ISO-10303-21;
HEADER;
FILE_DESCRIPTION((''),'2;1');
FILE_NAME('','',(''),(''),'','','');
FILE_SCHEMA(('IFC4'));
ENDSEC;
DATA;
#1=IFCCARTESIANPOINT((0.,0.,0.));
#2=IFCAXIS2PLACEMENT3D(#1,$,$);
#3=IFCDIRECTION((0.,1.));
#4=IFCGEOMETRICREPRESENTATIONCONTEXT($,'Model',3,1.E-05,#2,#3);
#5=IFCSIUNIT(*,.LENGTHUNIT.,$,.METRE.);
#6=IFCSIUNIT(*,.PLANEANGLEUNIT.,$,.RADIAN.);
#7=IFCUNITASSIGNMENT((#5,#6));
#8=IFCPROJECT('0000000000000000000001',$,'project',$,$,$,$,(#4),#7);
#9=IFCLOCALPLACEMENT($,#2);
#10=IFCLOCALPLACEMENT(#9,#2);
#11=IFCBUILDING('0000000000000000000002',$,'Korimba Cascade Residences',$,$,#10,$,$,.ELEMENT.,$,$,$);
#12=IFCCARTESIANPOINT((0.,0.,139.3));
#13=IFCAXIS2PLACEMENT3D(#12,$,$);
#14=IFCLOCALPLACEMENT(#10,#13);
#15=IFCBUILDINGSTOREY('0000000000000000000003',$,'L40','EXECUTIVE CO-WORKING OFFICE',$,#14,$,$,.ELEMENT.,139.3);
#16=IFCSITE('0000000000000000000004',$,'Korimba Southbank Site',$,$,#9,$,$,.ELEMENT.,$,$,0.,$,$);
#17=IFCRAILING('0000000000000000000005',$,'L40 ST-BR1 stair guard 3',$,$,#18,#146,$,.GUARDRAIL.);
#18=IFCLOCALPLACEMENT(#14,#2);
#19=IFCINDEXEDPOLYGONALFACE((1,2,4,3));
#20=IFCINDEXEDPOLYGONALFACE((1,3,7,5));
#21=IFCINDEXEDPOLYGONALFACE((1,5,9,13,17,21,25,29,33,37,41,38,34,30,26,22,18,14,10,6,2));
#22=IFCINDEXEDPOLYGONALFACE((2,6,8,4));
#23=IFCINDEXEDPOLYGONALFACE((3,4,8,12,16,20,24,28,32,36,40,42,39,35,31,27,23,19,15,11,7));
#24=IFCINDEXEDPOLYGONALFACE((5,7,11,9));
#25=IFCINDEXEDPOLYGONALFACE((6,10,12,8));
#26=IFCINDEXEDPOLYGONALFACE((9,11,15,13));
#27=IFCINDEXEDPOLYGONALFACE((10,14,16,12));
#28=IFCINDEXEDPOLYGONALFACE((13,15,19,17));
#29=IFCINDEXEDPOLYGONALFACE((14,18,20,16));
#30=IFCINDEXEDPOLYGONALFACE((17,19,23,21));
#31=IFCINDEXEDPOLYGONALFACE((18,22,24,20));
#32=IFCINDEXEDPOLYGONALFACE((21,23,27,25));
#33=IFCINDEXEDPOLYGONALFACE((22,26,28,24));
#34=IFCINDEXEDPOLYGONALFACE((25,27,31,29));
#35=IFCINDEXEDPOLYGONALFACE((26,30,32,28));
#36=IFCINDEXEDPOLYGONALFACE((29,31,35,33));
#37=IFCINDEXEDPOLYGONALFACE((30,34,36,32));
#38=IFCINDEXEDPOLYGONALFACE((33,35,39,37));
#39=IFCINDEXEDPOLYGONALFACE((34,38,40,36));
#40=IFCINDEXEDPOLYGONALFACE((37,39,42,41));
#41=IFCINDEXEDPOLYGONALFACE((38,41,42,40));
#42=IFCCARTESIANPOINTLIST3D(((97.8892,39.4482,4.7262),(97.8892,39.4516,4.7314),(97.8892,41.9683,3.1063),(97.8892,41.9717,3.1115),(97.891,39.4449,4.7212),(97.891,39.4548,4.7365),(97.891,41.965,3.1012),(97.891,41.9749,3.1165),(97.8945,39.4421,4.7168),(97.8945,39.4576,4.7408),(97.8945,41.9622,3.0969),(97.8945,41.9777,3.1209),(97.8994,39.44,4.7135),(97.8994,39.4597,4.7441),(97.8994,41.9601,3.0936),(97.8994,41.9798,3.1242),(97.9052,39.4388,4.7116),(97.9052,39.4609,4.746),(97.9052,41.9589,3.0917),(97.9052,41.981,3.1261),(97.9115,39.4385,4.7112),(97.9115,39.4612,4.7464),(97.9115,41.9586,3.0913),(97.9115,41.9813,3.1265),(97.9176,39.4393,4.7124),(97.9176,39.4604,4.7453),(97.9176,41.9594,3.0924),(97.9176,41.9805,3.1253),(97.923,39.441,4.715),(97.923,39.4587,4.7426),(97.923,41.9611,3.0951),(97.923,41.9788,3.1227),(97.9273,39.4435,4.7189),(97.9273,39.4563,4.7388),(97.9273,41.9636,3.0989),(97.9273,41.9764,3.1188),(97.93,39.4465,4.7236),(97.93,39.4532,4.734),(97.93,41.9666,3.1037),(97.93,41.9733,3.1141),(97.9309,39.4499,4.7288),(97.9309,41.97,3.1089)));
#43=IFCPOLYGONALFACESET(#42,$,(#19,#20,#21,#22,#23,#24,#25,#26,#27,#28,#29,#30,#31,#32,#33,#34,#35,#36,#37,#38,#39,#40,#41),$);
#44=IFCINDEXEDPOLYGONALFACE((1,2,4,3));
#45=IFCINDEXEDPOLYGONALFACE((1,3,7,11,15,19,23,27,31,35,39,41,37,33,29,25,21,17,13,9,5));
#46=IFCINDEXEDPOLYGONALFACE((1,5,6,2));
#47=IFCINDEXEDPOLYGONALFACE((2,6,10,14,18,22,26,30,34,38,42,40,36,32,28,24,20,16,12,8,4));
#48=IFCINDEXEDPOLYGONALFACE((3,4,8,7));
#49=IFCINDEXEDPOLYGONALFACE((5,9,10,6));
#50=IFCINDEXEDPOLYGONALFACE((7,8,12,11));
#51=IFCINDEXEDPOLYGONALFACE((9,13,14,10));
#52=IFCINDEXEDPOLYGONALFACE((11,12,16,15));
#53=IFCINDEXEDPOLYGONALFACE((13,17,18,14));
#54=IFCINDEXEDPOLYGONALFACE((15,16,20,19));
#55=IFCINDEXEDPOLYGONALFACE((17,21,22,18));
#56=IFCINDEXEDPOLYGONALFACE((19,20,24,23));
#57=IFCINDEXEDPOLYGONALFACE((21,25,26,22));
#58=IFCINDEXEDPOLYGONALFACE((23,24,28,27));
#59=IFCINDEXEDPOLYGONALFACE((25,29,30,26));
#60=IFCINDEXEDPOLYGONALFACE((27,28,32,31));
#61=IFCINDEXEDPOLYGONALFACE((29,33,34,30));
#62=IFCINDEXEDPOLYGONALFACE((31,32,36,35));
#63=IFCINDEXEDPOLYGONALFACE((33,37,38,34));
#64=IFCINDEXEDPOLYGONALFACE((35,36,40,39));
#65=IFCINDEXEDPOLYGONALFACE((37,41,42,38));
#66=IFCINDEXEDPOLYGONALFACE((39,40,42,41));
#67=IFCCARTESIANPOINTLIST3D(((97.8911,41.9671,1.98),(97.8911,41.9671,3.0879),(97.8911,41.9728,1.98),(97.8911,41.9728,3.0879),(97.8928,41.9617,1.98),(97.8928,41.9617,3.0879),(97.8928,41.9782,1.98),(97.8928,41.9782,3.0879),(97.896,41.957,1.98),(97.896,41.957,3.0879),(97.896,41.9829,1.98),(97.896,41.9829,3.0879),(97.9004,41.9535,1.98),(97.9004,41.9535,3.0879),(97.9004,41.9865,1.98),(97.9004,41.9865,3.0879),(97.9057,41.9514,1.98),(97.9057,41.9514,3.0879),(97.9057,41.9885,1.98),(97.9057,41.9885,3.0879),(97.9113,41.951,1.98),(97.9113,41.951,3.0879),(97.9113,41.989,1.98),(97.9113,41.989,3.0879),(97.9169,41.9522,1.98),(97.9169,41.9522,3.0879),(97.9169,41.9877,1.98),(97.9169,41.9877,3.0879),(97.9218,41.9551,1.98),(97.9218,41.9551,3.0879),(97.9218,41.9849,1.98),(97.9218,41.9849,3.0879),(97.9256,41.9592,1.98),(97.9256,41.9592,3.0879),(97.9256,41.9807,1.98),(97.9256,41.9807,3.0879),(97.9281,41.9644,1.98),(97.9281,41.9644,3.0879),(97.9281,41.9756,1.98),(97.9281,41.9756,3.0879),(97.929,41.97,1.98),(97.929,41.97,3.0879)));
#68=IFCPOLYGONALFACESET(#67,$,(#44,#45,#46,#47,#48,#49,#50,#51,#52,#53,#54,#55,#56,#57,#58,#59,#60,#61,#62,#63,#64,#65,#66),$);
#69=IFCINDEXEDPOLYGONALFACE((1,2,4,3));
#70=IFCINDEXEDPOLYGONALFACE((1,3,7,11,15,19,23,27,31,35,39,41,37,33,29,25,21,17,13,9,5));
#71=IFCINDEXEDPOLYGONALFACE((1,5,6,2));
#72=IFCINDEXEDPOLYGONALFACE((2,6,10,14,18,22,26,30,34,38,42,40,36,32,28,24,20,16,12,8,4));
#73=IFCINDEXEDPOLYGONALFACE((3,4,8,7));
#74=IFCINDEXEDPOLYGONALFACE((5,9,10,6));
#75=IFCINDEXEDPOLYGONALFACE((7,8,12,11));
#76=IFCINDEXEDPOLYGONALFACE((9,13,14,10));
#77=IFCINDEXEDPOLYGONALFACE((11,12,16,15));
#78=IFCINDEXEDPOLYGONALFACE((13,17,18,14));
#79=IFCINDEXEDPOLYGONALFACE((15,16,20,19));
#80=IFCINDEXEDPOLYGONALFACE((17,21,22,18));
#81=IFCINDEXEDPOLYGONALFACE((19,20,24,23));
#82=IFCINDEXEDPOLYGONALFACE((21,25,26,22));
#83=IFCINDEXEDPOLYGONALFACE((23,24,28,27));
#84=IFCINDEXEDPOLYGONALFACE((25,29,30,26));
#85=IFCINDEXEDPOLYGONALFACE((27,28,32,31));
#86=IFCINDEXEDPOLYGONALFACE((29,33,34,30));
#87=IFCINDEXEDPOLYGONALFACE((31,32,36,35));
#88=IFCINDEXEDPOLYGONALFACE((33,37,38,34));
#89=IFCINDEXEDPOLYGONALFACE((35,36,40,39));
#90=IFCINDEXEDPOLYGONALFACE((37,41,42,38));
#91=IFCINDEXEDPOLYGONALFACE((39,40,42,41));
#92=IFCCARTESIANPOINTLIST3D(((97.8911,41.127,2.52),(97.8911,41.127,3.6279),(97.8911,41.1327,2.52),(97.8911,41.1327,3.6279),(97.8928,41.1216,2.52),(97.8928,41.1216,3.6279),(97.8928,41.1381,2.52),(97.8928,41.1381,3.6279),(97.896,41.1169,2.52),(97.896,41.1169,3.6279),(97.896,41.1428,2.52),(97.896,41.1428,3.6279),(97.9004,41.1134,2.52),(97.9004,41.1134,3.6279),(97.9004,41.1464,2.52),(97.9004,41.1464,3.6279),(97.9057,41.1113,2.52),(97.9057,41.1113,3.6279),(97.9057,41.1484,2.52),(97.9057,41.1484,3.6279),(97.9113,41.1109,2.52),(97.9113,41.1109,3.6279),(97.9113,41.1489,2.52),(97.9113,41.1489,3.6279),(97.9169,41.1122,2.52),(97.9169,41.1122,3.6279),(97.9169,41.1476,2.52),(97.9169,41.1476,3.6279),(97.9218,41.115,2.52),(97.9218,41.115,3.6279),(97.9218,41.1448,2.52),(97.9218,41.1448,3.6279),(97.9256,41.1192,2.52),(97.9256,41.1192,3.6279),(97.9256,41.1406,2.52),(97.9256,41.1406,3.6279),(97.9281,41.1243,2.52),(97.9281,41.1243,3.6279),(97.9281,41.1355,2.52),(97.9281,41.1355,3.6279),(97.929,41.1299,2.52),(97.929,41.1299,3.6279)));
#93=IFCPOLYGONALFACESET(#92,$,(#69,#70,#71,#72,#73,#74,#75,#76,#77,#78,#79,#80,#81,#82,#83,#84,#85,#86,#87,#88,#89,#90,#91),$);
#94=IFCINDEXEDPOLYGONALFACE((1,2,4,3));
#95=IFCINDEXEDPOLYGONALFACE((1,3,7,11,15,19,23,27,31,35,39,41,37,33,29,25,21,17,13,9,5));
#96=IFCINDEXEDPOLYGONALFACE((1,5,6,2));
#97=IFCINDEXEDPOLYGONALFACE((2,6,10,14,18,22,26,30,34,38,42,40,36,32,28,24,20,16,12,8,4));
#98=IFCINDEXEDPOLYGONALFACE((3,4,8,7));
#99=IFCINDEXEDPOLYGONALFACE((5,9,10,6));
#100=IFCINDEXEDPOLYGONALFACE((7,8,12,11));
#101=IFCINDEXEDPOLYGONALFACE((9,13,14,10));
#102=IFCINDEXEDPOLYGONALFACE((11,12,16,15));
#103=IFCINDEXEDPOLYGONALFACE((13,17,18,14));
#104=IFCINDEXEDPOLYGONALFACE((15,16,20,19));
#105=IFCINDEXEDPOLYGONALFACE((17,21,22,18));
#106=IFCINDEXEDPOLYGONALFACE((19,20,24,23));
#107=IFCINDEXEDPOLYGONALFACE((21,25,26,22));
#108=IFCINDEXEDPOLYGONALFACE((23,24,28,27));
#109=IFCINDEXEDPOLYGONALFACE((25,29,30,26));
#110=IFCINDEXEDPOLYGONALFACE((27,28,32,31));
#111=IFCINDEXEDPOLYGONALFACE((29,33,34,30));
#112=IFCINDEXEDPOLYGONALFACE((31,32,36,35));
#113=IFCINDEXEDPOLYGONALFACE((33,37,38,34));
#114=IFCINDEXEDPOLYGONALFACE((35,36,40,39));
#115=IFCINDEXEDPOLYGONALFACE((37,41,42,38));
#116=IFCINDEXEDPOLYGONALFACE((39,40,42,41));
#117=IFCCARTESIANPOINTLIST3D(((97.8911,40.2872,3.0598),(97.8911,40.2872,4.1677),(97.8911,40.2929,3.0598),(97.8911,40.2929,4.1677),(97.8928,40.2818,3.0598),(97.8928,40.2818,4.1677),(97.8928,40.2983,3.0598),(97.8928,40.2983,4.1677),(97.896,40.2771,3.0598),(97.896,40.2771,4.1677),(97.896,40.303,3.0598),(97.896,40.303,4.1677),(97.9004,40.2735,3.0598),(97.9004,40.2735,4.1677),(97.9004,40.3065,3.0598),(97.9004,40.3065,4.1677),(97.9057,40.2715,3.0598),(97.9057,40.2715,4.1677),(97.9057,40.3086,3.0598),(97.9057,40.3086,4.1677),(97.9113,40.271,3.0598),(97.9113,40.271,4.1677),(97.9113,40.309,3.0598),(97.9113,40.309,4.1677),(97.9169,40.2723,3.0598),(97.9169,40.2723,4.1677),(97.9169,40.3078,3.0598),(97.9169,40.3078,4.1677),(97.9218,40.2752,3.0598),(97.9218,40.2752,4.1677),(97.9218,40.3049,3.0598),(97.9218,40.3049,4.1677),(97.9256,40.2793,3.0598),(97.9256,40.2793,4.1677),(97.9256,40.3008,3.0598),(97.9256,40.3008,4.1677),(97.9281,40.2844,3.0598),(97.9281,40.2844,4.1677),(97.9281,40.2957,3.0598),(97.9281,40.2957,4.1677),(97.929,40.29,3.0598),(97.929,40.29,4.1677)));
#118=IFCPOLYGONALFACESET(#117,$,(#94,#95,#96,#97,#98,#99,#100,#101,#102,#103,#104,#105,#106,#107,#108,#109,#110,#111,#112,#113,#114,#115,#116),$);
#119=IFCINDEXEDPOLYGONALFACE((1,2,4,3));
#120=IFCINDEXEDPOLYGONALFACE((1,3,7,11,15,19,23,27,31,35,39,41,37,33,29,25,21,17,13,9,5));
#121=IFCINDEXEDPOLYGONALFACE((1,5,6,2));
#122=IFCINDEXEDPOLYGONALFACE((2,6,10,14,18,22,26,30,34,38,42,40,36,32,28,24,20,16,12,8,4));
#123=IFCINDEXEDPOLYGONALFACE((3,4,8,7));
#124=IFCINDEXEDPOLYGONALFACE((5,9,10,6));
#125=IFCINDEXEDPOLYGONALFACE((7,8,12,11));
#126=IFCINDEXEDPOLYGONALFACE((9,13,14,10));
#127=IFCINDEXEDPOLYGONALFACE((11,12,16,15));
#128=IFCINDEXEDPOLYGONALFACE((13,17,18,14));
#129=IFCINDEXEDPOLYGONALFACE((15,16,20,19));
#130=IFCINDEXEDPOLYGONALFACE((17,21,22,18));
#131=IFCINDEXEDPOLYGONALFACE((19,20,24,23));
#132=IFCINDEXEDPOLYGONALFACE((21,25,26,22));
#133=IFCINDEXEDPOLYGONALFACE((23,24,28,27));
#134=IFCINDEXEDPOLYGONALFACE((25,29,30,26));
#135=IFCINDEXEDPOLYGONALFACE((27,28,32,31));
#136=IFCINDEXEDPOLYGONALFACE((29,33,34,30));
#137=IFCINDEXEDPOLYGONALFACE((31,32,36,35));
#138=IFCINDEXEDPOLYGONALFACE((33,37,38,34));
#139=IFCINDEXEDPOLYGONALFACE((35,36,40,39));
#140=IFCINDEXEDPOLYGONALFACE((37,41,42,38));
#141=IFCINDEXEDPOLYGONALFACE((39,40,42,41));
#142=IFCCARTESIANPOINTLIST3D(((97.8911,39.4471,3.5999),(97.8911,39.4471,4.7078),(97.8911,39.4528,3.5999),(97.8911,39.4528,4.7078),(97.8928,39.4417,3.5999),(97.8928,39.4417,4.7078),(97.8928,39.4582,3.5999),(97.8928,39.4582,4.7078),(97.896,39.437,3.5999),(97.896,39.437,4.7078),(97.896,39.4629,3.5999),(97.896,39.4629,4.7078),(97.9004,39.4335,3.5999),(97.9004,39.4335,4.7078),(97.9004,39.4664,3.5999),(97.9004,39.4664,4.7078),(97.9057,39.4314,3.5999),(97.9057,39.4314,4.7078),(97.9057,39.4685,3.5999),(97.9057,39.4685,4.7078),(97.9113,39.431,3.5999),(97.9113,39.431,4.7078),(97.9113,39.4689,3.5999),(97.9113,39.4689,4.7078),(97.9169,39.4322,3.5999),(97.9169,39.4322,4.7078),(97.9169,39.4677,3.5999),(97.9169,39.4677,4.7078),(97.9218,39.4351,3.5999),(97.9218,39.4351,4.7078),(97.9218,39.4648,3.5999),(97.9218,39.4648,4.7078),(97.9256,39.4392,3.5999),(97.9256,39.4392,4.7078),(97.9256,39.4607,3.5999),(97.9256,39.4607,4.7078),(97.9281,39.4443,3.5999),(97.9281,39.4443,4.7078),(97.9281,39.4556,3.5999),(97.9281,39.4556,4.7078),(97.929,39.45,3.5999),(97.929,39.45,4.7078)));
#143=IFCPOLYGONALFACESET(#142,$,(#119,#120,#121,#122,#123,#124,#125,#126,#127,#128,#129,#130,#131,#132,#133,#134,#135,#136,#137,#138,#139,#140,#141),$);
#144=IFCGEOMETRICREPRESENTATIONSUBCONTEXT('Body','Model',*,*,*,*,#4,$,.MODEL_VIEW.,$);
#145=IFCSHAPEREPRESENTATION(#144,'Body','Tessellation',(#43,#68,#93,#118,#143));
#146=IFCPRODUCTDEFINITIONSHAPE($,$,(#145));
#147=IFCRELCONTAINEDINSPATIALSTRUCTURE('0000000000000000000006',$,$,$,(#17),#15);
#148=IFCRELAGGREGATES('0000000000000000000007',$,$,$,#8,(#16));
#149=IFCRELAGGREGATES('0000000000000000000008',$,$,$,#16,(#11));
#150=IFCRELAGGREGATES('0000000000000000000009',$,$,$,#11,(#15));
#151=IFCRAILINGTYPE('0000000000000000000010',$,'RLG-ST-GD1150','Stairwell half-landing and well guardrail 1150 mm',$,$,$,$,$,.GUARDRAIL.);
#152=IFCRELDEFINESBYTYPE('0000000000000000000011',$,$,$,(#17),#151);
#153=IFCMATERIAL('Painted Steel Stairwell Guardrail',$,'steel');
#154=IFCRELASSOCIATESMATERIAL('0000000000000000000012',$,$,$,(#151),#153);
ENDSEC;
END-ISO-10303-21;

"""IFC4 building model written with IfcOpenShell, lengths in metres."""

from ifc_helpers import new_model, si_unit, direction, frame, origin, origin_2d, place, context, subcontext, project, spatial, circle, extrude, material, type_object, element, save


model = new_model("IFC4")

# Units and contexts
model_context = context("Model", 3, precision=1e-05, world=origin(), true_north=direction((0.0, 1.0)))
body_context = subcontext(model_context, "Body", "Model", "MODEL_VIEW")
ifc_project = project(units=[si_unit("LENGTHUNIT", "METRE"), si_unit("PLANEANGLEUNIT", "RADIAN")], contexts=[model_context])

# Site, building, storey
site_placement = place(None, origin())
site = spatial("IfcSite", under=ifc_project, at=site_placement, Name="Korimba Southbank Site", CompositionType="ELEMENT", RefElevation=0.0)
building_placement = place(site_placement, origin())
building = spatial("IfcBuilding", under=site, at=building_placement, Name="Korimba Cascade Residences", CompositionType="ELEMENT")
storey_placement = place(building_placement, frame((0.0, 0.0, 139.3)))
storey = spatial("IfcBuildingStorey", under=building, at=storey_placement, Name="L40", Description="EXECUTIVE CO-WORKING OFFICE", CompositionType="ELEMENT", Elevation=139.3)

# Railing
ifc_material_1 = material(Name="Painted Steel Stairwell Guardrail", Category="steel")
railing_type_1 = type_object("IfcRailingType", Name="RLG-ST-GD1150", Description="Stairwell half-landing and well guardrail 1150 mm", PredefinedType="GUARDRAIL", material=ifc_material_1)
railing_1_placement = place(storey_placement, frame((97.9099, 41.97, 1.98)))
element("IfcRailing", 1, at=railing_1_placement, inside=storey, type_object=railing_type_1, Name="L40 ST-BR1 stair guard 3", PredefinedType="GUARDRAIL", context=body_context, shape_type="SweptSolid", body=[
    extrude(circle(Radius=0.021, at=origin_2d()), frame((0.0, 0.0, 1.1289), z_axis=(0.0, -0.8412, 0.540725), x_axis=(1.0, 0.0, 0.0)), (0.0, 0.0, 1.0), 2.9958),
    extrude(circle(Radius=0.019, at=origin_2d()), origin(), (0.0, 0.0, 1.0), 1.1079),
    extrude(circle(Radius=0.019, at=origin_2d()), frame((0.0, -0.8401, 0.54)), (0.0, 0.0, 1.0), 1.1079),
    extrude(circle(Radius=0.019, at=origin_2d()), frame((0.0, -1.6799, 1.0798)), (0.0, 0.0, 1.0), 1.1079),
    extrude(circle(Radius=0.019, at=origin_2d()), frame((0.0, -2.52, 1.6199)), (0.0, 0.0, 1.0), 1.1079),
])

save(model, "model.ifc")
